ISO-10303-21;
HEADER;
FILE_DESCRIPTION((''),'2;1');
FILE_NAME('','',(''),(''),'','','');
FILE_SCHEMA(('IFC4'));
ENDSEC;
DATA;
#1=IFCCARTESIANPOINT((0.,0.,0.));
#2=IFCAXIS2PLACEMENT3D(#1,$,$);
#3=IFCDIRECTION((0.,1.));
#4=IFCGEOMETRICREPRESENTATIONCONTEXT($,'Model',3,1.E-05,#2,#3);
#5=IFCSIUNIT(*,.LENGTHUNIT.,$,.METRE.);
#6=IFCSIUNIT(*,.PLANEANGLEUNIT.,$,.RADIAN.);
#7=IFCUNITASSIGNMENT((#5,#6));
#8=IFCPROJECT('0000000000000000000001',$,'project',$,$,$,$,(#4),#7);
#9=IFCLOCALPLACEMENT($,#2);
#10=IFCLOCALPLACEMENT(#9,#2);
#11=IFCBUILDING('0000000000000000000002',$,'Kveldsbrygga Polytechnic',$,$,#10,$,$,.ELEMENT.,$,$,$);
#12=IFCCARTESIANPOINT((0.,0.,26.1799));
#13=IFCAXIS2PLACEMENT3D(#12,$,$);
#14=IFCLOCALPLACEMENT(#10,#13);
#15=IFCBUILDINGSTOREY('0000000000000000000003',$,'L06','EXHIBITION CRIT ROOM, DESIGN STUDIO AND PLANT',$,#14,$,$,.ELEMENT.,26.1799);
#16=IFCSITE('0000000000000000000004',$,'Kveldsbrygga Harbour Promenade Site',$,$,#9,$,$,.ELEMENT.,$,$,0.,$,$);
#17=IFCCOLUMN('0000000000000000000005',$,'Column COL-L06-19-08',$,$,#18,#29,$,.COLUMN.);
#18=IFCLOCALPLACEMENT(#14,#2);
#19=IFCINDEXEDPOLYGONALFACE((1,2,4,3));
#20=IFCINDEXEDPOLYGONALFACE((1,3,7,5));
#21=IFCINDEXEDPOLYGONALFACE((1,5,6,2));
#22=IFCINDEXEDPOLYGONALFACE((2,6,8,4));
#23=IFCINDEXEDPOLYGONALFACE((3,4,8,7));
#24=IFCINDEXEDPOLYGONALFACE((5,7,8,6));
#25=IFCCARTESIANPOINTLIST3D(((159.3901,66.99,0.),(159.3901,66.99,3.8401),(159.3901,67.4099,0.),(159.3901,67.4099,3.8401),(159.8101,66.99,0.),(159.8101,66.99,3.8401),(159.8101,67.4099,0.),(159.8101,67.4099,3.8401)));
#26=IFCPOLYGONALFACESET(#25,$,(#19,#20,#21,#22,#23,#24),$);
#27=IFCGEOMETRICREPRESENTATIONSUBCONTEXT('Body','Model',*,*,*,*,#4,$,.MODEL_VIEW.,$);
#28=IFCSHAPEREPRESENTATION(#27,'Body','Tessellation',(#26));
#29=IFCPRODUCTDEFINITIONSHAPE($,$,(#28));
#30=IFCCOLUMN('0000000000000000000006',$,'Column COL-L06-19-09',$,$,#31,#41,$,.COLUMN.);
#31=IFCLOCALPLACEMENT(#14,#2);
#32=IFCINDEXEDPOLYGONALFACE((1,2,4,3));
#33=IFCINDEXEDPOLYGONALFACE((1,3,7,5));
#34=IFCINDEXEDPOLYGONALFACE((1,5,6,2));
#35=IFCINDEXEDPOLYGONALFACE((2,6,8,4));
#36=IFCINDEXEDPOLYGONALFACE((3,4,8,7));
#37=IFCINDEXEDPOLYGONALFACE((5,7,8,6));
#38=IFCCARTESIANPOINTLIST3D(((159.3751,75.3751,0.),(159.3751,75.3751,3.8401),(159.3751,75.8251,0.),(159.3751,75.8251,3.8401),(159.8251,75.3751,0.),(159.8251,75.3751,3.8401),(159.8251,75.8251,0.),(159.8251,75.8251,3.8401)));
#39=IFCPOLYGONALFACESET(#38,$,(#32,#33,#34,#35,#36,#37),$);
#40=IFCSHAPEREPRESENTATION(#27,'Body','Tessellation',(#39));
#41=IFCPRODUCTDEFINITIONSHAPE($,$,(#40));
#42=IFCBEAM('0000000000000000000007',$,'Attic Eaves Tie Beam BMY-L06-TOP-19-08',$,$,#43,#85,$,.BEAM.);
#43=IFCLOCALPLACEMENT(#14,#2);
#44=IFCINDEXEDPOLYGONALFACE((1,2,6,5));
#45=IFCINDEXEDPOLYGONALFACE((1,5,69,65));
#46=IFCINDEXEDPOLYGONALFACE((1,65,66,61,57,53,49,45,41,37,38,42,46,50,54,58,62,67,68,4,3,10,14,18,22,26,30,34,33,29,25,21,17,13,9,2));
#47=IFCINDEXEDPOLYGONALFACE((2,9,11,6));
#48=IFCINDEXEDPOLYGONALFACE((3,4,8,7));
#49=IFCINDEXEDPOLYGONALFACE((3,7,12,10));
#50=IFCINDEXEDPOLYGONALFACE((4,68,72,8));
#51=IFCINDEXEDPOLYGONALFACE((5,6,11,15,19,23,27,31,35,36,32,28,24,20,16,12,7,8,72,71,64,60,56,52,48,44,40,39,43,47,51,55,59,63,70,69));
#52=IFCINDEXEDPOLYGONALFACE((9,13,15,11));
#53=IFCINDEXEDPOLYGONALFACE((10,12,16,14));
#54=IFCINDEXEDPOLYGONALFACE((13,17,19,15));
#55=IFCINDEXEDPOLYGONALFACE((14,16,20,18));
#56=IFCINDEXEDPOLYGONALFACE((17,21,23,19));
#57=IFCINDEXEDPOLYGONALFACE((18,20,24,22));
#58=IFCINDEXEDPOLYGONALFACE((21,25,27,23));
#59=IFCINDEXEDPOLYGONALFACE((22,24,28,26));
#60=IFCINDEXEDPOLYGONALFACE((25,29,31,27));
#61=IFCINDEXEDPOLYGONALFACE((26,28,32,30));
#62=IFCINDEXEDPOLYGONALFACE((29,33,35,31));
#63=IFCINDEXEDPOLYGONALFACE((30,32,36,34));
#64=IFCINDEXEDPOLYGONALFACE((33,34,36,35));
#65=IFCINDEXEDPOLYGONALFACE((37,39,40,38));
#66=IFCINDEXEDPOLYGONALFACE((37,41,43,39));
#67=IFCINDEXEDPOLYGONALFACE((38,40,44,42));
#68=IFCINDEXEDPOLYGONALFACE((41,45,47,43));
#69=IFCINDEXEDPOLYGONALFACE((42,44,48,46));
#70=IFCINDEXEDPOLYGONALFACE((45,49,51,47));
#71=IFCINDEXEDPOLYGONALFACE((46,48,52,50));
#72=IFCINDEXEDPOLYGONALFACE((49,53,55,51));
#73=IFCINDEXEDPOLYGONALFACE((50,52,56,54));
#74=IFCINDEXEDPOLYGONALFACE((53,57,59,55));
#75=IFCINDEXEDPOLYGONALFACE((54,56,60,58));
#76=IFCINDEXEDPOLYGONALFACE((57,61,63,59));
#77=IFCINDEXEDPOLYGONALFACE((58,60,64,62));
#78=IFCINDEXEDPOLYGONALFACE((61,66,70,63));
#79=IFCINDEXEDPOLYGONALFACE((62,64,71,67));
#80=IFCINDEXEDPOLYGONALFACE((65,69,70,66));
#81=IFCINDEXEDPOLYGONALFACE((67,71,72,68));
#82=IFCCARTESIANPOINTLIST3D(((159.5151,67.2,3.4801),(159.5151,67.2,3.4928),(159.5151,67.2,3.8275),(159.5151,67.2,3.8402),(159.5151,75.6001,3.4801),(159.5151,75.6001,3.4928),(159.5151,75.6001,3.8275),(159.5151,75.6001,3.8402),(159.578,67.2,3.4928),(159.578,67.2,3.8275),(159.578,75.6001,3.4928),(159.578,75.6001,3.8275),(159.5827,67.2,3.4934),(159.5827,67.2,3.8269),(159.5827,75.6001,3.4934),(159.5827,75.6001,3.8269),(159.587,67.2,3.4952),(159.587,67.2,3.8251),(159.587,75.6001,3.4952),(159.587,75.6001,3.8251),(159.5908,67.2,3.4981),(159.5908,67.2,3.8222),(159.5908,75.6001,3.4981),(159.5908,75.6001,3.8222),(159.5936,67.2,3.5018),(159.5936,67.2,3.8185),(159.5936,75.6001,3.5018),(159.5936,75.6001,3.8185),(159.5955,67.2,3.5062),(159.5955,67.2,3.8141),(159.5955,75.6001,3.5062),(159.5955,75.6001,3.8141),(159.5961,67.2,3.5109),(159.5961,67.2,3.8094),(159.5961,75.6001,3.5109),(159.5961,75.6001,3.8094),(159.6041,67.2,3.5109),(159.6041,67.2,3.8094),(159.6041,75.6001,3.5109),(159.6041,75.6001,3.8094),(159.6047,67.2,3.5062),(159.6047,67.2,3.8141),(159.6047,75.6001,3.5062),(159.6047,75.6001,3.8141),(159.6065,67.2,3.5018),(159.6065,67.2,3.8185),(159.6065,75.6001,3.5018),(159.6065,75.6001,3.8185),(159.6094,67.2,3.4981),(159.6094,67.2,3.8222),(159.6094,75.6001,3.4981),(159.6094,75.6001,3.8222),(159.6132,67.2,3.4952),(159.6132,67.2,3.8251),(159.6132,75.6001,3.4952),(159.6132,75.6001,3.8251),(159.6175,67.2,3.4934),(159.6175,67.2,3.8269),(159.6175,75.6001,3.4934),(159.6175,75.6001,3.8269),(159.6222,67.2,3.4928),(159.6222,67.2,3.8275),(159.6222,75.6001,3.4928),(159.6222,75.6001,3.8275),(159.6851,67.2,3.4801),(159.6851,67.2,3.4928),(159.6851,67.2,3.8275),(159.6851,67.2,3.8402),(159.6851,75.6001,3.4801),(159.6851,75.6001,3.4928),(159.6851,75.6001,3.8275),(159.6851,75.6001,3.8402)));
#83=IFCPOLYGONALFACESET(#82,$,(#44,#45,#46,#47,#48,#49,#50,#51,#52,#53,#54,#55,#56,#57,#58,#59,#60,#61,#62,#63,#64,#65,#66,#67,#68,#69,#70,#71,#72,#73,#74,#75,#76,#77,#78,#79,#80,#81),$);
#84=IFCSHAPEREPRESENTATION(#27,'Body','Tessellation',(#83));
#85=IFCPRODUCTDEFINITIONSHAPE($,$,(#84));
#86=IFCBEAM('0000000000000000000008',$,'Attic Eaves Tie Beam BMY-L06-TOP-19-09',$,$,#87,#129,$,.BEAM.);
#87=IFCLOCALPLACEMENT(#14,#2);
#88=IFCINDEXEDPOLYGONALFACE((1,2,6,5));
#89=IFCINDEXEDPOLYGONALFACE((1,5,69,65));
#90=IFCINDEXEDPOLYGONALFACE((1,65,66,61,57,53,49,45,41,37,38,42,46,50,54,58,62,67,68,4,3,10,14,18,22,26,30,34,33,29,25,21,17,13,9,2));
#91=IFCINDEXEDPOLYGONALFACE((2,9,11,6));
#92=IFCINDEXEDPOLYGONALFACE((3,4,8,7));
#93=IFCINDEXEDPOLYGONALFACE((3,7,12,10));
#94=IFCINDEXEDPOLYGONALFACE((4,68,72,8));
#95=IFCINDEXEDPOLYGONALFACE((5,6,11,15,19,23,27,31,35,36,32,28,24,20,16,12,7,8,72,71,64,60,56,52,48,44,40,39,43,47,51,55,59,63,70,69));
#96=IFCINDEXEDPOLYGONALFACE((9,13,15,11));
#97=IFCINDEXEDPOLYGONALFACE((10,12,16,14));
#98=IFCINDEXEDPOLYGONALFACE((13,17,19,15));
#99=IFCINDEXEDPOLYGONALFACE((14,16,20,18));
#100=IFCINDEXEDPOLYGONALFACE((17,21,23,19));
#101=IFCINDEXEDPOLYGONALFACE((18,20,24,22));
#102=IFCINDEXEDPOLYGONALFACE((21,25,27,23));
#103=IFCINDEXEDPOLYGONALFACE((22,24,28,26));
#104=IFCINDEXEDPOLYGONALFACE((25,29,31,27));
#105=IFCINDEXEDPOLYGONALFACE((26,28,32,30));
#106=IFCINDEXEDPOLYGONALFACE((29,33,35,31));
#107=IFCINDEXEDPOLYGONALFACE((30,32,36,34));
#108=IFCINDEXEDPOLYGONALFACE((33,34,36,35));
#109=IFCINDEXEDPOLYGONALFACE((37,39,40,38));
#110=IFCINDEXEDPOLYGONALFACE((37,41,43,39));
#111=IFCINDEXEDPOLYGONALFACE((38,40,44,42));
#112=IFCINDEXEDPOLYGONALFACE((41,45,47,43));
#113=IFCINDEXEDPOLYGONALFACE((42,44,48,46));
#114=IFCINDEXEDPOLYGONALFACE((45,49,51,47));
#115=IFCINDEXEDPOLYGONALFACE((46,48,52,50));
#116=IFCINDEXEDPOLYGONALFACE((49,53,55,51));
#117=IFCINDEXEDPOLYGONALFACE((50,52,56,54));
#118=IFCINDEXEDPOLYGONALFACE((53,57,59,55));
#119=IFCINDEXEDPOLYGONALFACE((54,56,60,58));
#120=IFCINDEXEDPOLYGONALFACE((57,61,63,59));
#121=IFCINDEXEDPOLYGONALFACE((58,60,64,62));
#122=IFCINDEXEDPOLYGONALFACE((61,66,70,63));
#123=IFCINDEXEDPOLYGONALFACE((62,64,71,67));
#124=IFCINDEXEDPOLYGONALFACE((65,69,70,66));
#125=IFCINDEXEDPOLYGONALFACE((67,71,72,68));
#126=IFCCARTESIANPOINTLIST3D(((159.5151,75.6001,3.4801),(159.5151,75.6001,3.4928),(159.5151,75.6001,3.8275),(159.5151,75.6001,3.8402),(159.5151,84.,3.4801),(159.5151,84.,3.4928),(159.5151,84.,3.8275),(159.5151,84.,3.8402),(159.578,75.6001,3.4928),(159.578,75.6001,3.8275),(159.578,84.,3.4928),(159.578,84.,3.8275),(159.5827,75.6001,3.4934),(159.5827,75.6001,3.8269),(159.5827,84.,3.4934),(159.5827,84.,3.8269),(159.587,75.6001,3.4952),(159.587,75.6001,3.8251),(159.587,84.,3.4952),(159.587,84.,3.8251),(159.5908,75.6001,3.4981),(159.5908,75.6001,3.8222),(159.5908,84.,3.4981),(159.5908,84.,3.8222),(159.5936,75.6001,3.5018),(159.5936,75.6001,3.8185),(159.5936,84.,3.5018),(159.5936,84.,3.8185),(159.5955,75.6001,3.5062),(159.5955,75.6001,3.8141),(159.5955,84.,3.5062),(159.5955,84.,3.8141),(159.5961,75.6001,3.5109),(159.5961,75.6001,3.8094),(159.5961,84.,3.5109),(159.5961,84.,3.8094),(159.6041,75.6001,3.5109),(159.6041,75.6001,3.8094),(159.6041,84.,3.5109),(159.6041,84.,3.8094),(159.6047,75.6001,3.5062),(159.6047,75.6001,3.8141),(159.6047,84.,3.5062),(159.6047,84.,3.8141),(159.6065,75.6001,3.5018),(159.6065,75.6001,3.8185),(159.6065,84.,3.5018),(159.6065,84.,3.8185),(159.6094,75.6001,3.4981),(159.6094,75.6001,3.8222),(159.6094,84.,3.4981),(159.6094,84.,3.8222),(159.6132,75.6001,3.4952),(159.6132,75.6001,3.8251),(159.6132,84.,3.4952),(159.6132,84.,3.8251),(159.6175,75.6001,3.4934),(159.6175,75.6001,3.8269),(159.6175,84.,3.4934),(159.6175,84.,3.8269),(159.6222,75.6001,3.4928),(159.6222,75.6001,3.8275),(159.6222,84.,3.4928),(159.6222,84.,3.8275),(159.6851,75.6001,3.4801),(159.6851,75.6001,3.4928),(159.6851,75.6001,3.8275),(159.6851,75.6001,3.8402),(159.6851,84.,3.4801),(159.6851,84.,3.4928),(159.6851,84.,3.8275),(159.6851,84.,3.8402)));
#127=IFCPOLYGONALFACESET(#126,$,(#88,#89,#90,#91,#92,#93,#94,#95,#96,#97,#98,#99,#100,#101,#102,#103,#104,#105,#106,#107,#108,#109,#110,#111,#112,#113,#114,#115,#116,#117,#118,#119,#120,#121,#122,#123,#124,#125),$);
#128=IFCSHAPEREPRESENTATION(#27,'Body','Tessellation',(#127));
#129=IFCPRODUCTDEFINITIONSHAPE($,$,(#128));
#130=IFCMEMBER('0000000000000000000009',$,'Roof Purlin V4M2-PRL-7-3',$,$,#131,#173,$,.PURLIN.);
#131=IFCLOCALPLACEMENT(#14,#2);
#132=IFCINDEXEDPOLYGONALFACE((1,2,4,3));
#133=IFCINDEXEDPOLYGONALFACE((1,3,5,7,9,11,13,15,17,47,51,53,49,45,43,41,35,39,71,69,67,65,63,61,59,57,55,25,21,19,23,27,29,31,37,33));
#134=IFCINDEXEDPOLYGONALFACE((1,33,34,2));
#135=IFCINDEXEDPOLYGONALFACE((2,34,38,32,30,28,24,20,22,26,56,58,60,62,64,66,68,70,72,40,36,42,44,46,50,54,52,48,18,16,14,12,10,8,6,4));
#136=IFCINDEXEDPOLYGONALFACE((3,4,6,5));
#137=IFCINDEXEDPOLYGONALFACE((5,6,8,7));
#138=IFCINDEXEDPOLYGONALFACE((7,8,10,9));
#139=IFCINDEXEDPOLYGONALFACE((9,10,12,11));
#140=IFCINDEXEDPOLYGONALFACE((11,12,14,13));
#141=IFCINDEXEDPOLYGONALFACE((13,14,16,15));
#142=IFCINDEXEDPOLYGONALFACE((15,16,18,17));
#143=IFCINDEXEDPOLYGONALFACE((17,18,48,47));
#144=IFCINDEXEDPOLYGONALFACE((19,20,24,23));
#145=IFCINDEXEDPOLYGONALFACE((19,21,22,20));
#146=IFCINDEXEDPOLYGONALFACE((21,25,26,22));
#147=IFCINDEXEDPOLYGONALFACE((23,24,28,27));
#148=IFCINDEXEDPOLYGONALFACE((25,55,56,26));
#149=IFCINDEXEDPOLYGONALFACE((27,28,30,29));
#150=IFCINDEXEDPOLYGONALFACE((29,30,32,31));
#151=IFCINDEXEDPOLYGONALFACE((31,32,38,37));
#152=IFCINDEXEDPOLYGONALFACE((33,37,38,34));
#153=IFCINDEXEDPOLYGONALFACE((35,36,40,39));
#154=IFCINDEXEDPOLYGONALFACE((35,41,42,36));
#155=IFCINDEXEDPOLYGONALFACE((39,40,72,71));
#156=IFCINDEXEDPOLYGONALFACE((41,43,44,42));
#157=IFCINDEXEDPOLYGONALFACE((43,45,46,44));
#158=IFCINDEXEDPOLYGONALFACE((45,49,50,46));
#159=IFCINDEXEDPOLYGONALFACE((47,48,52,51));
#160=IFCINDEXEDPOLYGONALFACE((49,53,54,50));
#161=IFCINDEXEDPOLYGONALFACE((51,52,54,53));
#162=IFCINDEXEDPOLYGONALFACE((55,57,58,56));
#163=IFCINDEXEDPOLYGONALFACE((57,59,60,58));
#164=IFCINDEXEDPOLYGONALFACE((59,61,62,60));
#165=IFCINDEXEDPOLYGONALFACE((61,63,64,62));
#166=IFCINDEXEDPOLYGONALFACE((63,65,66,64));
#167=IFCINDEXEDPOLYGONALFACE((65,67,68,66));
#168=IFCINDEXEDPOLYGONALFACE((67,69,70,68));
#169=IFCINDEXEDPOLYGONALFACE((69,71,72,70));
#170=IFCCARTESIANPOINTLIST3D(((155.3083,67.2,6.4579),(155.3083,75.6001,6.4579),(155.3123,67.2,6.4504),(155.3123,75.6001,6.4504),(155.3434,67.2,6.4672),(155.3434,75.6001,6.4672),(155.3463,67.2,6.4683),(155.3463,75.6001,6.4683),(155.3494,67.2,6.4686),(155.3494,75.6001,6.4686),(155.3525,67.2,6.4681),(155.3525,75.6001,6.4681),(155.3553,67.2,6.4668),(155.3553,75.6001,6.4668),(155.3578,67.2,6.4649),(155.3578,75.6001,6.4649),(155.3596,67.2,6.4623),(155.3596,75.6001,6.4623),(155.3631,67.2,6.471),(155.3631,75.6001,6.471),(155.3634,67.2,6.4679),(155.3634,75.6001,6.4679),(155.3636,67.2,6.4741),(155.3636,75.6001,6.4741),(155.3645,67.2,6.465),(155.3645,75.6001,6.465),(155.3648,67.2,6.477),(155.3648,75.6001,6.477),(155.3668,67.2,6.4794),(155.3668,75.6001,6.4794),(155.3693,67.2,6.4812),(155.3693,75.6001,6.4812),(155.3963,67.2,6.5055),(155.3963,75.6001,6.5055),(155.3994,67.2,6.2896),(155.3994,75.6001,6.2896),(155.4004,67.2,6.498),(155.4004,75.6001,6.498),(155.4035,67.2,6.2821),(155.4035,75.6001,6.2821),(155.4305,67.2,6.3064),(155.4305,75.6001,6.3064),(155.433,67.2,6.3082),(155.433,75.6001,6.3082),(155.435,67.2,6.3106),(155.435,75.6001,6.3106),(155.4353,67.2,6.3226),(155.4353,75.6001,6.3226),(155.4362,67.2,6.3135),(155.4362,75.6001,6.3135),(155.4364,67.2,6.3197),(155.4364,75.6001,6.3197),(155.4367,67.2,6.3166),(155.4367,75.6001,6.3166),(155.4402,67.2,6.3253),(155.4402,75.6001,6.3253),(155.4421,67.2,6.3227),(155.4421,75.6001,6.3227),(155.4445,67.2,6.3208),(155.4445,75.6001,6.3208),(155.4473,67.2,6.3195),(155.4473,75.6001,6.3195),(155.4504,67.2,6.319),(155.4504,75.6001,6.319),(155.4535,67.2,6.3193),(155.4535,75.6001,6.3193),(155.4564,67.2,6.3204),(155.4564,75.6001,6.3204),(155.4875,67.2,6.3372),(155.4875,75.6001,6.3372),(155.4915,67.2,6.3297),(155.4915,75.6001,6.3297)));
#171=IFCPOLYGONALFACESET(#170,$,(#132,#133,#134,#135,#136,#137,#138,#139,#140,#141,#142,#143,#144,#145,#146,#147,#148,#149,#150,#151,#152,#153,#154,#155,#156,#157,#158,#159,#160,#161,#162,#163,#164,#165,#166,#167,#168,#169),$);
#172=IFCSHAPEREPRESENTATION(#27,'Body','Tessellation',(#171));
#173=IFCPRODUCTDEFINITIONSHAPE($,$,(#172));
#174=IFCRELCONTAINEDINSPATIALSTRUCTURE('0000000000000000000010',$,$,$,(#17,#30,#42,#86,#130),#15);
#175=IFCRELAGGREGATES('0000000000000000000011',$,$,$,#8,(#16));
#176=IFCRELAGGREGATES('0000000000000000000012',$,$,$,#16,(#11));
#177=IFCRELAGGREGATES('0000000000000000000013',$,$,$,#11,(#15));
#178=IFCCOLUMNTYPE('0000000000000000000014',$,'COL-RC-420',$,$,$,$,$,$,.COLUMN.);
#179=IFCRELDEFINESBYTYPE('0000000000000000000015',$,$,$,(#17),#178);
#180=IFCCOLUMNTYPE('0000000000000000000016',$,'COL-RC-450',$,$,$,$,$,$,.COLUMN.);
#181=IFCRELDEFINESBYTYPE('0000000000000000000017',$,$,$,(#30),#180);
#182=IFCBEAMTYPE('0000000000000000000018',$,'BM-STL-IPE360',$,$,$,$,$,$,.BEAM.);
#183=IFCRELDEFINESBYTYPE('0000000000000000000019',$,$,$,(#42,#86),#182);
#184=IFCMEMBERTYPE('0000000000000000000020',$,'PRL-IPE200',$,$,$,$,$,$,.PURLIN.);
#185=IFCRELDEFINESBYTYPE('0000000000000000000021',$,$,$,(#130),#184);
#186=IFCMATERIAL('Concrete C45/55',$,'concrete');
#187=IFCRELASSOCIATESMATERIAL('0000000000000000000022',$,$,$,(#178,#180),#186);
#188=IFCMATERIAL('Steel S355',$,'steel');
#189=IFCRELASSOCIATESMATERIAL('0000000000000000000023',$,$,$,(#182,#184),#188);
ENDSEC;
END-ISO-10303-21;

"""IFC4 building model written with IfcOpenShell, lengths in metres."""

from ifc_helpers import new_model, si_unit, direction, frame, origin, origin_2d, place, context, subcontext, project, spatial, rectangle, i_section, extrude, material, material_profile, profile_set, type_object, element, save


model = new_model("IFC4")

# Units and contexts
model_context = context("Model", 3, precision=1e-05, world=origin(), true_north=direction((0.0, 1.0)))
body_context = subcontext(model_context, "Body", "Model", "MODEL_VIEW")
ifc_project = project(units=[si_unit("LENGTHUNIT", "METRE"), si_unit("PLANEANGLEUNIT", "RADIAN")], contexts=[model_context])

# Site, building, storey
site_placement = place(None, origin())
site = spatial("IfcSite", under=ifc_project, at=site_placement, Name="Kveldsbrygga Harbour Promenade Site", CompositionType="ELEMENT", RefElevation=0.0)
building_placement = place(site_placement, origin())
building = spatial("IfcBuilding", under=site, at=building_placement, Name="Kveldsbrygga Polytechnic", CompositionType="ELEMENT")
storey_placement = place(building_placement, frame((0.0, 0.0, 26.1799)))
storey = spatial("IfcBuildingStorey", under=building, at=storey_placement, Name="L06", Description="EXHIBITION CRIT ROOM, DESIGN STUDIO AND PLANT", CompositionType="ELEMENT", Elevation=26.1799)

# Columns
ifc_material_1 = material(Name="Concrete C45/55", Category="concrete")
ifc_material_profile_1 = material_profile(ifc_material_1, rectangle(XDim=0.4199, YDim=0.4199, at=origin_2d()), Name="RC 420x420")
ifc_profile_set_1 = profile_set([ifc_material_profile_1], Name="Concrete C45/55")
column_type_1 = type_object("IfcColumnType", Name="COL-RC-420", PredefinedType="COLUMN", material=ifc_profile_set_1)
column_1_placement = place(storey_placement, frame((159.6001, 67.2, 0.0), z_axis=(0.0, 0.0, 1.0), x_axis=(1.0, 0.0, 0.0)))
element("IfcColumn", 1, at=column_1_placement, inside=storey, type_object=column_type_1, Name="Column COL-L06-19-08", PredefinedType="COLUMN", context=body_context, shape_type="SweptSolid", body=[
    extrude(rectangle(XDim=0.4199, YDim=0.4199, at=origin_2d()), origin(), (0.0, 0.0, 1.0), 3.8401),
])
ifc_material_profile_2 = material_profile(ifc_material_1, rectangle(XDim=0.45, YDim=0.45, at=origin_2d()), Name="RC 450x450")
ifc_profile_set_2 = profile_set([ifc_material_profile_2], Name="Concrete C45/55")
column_type_2 = type_object("IfcColumnType", Name="COL-RC-450", PredefinedType="COLUMN", material=ifc_profile_set_2)
column_2_placement = place(storey_placement, frame((159.6001, 75.6001, 0.0), z_axis=(0.0, 0.0, 1.0), x_axis=(1.0, 0.0, 0.0)))
element("IfcColumn", 2, at=column_2_placement, inside=storey, type_object=column_type_2, Name="Column COL-L06-19-09", PredefinedType="COLUMN", context=body_context, shape_type="SweptSolid", body=[
    extrude(rectangle(XDim=0.45, YDim=0.45, at=origin_2d()), origin(), (0.0, 0.0, 1.0), 3.8401),
])

# Beams
ifc_material_2 = material(Name="Steel S355", Category="steel")
ifc_material_profile_3 = material_profile(ifc_material_2, i_section(OverallWidth=0.1699, OverallDepth=0.3601, WebThickness=0.0081, FlangeThickness=0.0127, FilletRadius=0.0181, at=origin_2d()), Name="IPE 360")
ifc_profile_set_3 = profile_set([ifc_material_profile_3], Name="Steel S355")
beam_type = type_object("IfcBeamType", Name="BM-STL-IPE360", PredefinedType="BEAM", material=ifc_profile_set_3)
beam_1_placement = place(storey_placement, frame((159.6001, 67.2, 3.6602), z_axis=(0.0, 1.0, 0.0), x_axis=(-1.0, 0.0, 0.0)))
element("IfcBeam", 3, at=beam_1_placement, inside=storey, type_object=beam_type, Name="Attic Eaves Tie Beam BMY-L06-TOP-19-08", PredefinedType="BEAM", context=body_context, shape_type="SweptSolid", body=[
    extrude(i_section(OverallWidth=0.1699, OverallDepth=0.3601, WebThickness=0.0081, FlangeThickness=0.0127, FilletRadius=0.0181, at=origin_2d()), origin(), (0.0, 0.0, 1.0), 8.4001),
])
beam_2_placement = place(storey_placement, frame((159.6001, 75.6001, 3.6602), z_axis=(0.0, 1.0, 0.0), x_axis=(-1.0, 0.0, 0.0)))
element("IfcBeam", 4, at=beam_2_placement, inside=storey, type_object=beam_type, Name="Attic Eaves Tie Beam BMY-L06-TOP-19-09", PredefinedType="BEAM", context=body_context, shape_type="SweptSolid", body=[
    extrude(i_section(OverallWidth=0.1699, OverallDepth=0.3601, WebThickness=0.0081, FlangeThickness=0.0127, FilletRadius=0.0181, at=origin_2d()), origin(), (0.0, 0.0, 1.0), 8.3999),
])

# Member
ifc_material_profile_4 = material_profile(ifc_material_2, i_section(OverallWidth=0.1001, OverallDepth=0.2, WebThickness=0.0056, FlangeThickness=0.0085, FilletRadius=0.012, at=origin_2d()), Name="IPE 200")
ifc_profile_set_4 = profile_set([ifc_material_profile_4], Name="Steel S355")
member_type_1 = type_object("IfcMemberType", Name="PRL-IPE200", PredefinedType="PURLIN", material=ifc_profile_set_4)
member_1_placement = place(storey_placement, frame((155.3999, 67.2, 6.3938), z_axis=(0.0, 1.0, 0.0), x_axis=(-0.879292, 0.0, -0.476283)))
element("IfcMember", 5, at=member_1_placement, inside=storey, type_object=member_type_1, Name="Roof Purlin V4M2-PRL-7-3", PredefinedType="PURLIN", context=body_context, shape_type="SweptSolid", body=[
    extrude(i_section(OverallWidth=0.1001, OverallDepth=0.2, WebThickness=0.0056, FlangeThickness=0.0085, FilletRadius=0.012, at=origin_2d()), origin(), (0.0, 0.0, 1.0), 8.4001),
])

save(model, "model.ifc")
